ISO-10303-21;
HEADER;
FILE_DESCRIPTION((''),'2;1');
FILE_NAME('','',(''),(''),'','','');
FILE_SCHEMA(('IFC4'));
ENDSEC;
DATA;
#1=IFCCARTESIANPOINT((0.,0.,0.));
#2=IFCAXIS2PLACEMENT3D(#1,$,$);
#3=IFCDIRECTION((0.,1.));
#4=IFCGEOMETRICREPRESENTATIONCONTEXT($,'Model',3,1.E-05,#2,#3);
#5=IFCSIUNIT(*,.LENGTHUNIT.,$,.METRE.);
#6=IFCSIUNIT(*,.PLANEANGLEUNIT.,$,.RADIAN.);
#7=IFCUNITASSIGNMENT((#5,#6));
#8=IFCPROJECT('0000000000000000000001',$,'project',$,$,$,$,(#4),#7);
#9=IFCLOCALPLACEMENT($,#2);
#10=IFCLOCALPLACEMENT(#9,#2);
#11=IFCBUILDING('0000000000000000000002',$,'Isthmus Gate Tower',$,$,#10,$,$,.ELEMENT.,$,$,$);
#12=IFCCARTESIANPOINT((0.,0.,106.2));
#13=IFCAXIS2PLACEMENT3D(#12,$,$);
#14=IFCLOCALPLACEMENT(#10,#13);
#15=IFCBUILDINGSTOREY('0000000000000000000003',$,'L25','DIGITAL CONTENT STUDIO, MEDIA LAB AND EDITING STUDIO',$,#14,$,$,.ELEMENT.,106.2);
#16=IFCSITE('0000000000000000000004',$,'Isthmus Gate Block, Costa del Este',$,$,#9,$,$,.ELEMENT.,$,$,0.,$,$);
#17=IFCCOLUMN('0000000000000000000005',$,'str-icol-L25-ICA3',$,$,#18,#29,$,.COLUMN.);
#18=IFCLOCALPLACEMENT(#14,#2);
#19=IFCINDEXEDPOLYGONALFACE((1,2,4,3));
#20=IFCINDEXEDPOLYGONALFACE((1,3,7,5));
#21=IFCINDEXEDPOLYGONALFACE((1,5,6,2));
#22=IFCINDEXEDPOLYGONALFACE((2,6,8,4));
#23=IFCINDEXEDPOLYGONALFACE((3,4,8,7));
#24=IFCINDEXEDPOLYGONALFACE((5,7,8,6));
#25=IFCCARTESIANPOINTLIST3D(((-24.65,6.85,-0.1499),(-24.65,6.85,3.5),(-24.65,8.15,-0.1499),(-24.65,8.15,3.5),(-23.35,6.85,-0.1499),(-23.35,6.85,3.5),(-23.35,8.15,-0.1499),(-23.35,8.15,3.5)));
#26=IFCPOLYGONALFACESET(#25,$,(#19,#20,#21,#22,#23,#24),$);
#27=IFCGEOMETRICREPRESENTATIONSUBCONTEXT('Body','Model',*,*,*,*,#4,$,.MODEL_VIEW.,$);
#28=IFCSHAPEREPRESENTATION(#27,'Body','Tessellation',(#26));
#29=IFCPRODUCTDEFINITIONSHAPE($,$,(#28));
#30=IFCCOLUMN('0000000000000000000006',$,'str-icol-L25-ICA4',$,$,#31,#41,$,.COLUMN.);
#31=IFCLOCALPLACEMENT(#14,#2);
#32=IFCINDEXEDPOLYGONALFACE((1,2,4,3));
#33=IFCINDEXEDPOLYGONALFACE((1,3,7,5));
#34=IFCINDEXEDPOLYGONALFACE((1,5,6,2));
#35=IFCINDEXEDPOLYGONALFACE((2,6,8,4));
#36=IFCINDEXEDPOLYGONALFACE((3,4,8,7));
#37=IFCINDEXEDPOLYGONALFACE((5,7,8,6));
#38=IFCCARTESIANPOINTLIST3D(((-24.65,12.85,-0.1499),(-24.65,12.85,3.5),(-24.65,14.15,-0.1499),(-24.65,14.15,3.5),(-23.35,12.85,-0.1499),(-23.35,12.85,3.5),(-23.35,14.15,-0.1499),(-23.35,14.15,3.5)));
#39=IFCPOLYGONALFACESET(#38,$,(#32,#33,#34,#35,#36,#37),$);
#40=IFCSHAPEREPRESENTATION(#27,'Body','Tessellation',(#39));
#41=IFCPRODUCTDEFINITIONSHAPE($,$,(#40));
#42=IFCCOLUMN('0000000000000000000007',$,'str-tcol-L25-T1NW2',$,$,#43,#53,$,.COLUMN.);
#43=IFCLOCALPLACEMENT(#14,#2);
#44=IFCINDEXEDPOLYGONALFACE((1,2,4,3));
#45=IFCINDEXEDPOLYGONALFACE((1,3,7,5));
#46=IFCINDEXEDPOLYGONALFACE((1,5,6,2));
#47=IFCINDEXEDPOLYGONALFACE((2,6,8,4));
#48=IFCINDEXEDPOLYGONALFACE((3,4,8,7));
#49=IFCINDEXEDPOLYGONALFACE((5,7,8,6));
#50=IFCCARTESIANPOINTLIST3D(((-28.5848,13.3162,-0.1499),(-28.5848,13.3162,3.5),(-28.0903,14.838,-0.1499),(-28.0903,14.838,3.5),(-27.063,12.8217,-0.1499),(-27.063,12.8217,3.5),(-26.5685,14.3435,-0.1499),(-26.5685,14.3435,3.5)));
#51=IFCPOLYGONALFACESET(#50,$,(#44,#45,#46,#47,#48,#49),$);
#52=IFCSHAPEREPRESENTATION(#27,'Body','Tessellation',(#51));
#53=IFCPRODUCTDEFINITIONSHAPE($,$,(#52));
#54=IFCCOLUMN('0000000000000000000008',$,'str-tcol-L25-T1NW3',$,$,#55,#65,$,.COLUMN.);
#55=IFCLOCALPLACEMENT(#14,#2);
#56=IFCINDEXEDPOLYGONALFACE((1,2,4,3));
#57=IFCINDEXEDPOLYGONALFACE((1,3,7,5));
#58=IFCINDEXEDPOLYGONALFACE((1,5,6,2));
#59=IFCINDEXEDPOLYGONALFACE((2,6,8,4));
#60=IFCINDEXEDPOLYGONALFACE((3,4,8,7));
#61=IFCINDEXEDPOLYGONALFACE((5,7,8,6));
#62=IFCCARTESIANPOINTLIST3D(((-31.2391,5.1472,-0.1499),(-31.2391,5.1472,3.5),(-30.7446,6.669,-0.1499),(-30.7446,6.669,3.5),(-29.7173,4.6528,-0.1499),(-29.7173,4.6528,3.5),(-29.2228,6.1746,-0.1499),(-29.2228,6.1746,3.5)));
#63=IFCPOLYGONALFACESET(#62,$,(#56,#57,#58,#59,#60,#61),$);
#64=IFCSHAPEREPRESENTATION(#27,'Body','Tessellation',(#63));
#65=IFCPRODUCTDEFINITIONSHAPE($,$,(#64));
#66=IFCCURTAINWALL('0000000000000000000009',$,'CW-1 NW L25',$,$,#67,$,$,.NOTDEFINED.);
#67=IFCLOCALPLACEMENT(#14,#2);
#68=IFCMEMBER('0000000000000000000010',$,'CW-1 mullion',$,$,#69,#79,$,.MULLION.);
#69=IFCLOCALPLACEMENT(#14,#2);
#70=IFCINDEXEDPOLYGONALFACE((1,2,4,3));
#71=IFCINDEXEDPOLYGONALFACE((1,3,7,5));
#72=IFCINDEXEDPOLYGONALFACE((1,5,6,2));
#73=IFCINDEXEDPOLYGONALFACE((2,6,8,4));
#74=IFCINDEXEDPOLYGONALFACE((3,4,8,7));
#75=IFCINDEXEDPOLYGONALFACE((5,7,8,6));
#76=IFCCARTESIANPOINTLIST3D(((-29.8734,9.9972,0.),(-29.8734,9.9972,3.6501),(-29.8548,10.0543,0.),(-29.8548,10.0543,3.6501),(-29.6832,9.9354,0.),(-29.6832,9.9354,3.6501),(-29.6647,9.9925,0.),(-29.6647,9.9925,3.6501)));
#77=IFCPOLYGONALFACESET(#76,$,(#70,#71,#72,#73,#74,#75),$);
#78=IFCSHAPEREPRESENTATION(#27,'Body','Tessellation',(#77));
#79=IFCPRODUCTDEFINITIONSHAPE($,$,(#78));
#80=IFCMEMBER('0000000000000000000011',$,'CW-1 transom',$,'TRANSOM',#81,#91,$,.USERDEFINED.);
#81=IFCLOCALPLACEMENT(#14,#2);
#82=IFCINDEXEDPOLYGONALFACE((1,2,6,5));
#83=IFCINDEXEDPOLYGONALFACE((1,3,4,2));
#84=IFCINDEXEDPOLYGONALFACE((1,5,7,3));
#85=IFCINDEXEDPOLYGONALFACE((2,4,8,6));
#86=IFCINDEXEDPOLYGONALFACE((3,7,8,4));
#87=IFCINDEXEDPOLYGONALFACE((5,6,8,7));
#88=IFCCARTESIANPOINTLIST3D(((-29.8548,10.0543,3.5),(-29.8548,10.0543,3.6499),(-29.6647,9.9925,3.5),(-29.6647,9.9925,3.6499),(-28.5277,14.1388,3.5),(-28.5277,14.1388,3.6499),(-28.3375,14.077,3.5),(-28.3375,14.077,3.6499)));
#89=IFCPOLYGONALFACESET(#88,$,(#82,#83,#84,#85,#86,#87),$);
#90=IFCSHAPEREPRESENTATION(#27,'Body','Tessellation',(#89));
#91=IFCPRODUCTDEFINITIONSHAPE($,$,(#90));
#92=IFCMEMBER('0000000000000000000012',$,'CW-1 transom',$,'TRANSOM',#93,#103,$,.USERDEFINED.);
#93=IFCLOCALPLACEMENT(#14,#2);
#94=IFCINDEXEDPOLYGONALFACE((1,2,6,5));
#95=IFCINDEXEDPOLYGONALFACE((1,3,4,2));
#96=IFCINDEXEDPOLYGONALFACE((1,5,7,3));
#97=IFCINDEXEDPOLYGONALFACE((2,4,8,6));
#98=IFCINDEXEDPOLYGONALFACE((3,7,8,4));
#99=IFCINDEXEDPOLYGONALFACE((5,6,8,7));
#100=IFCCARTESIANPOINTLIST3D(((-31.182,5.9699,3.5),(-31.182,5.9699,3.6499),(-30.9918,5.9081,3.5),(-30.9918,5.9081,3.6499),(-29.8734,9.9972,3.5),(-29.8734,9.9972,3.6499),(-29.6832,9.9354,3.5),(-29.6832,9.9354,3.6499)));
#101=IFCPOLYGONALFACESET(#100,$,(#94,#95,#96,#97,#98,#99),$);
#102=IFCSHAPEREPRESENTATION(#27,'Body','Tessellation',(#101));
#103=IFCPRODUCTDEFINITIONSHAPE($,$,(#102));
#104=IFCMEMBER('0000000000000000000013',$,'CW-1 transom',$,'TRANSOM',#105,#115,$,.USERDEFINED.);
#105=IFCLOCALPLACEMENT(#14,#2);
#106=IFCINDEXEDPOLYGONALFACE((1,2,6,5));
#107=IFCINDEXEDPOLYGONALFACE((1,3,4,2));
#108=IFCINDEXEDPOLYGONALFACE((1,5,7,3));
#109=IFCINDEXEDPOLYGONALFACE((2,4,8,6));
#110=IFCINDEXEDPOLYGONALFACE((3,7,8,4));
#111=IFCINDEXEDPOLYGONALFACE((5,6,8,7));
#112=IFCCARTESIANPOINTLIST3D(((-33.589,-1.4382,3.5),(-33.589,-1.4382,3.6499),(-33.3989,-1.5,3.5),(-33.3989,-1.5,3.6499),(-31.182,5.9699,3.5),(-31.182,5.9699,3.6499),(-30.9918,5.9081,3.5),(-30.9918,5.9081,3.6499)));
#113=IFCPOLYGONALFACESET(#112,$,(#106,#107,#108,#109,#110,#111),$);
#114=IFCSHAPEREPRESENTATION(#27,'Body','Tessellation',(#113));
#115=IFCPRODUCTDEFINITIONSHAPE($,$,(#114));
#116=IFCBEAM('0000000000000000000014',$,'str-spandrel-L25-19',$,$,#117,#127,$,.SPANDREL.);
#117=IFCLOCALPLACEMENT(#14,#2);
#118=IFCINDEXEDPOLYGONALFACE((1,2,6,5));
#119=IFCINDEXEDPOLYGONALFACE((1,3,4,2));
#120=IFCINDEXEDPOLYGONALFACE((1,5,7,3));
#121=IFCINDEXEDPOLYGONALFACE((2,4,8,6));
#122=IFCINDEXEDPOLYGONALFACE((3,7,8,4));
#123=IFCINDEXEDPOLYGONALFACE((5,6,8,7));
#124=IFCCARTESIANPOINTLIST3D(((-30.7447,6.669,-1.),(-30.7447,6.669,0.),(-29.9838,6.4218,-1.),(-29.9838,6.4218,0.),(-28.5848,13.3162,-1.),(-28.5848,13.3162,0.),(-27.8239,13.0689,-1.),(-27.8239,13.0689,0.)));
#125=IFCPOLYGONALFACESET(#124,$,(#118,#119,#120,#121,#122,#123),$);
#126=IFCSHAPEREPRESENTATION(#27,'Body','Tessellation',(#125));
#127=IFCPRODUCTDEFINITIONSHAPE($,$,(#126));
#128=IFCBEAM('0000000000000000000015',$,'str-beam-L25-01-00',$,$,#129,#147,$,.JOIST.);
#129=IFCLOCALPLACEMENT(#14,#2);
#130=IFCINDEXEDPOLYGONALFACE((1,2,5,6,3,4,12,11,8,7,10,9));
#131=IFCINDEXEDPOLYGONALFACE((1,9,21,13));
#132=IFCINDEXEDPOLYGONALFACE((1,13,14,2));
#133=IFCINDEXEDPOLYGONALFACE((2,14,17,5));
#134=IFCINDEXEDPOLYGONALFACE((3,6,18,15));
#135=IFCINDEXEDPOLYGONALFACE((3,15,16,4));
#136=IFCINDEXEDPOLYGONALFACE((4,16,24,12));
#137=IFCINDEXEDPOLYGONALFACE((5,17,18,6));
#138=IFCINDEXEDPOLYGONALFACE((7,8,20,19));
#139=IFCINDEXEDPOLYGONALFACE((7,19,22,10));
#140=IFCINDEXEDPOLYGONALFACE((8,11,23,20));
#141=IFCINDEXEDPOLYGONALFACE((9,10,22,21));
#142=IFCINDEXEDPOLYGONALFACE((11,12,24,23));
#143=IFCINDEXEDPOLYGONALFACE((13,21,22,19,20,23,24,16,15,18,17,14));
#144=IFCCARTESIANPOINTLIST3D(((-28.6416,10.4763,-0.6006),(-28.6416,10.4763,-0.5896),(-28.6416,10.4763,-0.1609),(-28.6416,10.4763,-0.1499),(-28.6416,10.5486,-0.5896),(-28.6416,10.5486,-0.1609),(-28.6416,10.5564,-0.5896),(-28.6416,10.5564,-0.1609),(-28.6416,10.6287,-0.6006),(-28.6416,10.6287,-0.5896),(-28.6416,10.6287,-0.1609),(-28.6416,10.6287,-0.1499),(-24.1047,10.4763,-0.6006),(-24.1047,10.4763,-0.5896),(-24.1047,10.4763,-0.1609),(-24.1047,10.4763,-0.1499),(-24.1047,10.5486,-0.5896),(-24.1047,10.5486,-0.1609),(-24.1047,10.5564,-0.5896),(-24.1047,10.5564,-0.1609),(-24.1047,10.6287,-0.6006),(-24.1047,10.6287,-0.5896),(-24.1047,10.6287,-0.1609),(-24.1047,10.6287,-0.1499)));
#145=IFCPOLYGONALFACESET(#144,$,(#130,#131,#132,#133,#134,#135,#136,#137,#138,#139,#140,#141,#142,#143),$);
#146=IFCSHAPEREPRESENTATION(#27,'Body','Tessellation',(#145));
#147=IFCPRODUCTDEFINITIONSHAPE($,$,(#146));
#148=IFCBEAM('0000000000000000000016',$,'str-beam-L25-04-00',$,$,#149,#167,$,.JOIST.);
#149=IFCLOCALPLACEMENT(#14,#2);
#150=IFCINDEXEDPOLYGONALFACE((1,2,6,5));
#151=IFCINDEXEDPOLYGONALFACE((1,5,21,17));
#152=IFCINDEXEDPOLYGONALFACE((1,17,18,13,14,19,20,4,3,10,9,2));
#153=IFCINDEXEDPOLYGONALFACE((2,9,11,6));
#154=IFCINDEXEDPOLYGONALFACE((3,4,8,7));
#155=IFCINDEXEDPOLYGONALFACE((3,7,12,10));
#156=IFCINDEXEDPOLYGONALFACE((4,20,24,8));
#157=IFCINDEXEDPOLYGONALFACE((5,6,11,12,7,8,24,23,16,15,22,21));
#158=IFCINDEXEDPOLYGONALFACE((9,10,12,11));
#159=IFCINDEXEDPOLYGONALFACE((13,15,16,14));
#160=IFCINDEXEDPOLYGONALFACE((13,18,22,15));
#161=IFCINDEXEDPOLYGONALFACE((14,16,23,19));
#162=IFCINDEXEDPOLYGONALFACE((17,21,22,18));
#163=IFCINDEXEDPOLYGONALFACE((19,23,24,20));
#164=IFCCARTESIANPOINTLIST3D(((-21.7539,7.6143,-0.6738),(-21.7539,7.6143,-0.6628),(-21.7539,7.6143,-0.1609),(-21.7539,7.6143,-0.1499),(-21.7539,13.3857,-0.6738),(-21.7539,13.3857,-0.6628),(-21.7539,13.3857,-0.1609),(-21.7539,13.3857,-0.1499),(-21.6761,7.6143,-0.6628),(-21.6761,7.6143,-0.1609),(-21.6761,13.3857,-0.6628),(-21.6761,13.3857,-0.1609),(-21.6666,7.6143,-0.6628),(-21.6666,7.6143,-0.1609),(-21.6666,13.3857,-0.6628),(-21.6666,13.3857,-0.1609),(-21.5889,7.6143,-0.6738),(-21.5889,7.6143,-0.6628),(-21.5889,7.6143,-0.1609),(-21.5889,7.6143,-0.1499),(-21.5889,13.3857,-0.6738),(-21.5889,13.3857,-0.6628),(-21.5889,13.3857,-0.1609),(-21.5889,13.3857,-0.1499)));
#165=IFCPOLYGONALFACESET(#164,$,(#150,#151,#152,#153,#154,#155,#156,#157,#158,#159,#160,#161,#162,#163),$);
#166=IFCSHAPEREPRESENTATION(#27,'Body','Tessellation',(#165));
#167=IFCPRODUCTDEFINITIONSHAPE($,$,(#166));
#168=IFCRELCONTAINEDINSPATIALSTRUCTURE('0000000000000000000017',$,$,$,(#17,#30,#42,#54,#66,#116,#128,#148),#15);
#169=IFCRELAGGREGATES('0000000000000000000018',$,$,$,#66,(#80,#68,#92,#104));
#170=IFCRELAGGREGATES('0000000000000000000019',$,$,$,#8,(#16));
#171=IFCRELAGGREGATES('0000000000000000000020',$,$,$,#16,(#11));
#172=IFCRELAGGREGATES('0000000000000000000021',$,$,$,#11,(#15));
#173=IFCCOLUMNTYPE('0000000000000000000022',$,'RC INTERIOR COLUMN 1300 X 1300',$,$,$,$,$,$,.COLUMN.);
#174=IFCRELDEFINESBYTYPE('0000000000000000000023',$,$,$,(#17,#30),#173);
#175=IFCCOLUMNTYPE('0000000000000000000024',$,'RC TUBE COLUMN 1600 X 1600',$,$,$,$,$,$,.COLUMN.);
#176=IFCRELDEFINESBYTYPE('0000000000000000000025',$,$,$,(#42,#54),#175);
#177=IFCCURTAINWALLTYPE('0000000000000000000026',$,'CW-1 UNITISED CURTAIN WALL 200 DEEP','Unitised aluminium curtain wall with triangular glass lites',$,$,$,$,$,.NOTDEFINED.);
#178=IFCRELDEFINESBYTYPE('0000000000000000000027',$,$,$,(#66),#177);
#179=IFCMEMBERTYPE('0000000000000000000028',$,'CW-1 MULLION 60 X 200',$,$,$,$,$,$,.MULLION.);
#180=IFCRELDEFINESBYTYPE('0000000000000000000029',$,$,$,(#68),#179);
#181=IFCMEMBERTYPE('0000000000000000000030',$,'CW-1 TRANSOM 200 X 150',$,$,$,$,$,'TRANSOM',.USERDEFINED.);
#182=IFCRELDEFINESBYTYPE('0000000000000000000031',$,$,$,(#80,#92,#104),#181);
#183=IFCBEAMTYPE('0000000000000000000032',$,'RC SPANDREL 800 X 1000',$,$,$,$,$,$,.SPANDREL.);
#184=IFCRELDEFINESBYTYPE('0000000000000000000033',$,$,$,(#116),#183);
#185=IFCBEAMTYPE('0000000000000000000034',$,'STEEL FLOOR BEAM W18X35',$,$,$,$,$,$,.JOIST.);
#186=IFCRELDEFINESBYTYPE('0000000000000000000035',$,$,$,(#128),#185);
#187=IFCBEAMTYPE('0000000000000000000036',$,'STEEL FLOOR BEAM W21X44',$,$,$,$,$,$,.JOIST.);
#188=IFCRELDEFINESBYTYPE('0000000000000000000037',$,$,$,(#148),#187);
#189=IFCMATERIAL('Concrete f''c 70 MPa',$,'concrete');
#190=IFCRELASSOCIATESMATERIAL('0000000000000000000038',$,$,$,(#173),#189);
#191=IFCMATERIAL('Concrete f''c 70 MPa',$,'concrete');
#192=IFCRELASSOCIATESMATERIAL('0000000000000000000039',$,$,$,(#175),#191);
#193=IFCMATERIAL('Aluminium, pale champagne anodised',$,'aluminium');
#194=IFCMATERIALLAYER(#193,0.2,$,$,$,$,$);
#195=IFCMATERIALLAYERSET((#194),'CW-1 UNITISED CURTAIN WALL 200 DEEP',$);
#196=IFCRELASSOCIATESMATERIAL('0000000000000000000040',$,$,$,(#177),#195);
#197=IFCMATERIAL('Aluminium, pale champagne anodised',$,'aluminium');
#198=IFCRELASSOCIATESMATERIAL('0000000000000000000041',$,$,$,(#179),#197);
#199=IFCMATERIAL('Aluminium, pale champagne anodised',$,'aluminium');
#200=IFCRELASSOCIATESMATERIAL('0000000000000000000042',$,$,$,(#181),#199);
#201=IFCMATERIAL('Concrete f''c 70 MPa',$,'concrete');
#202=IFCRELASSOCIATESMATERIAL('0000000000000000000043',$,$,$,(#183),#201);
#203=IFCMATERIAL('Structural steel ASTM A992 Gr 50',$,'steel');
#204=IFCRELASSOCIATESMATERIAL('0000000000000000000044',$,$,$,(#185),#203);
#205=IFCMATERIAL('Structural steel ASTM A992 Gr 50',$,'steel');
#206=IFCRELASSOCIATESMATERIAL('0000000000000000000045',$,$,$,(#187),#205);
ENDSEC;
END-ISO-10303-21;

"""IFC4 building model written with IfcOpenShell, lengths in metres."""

from ifc_helpers import new_model, si_unit, direction, frame, origin, origin_2d, place, context, subcontext, project, spatial, rectangle, i_section, extrude, material, layer, layer_set, material_profile, profile_set, type_object, element, aggregate, save


model = new_model("IFC4")

# Units and contexts
model_context = context("Model", 3, precision=1e-05, world=origin(), true_north=direction((0.0, 1.0)))
body_context = subcontext(model_context, "Body", "Model", "MODEL_VIEW")
ifc_project = project(units=[si_unit("LENGTHUNIT", "METRE"), si_unit("PLANEANGLEUNIT", "RADIAN")], contexts=[model_context])

# Site, building, storey
site_placement = place(None, origin())
site = spatial("IfcSite", under=ifc_project, at=site_placement, Name="Isthmus Gate Block, Costa del Este", CompositionType="ELEMENT", RefElevation=0.0)
building_placement = place(site_placement, origin())
building = spatial("IfcBuilding", under=site, at=building_placement, Name="Isthmus Gate Tower", CompositionType="ELEMENT")
storey_placement = place(building_placement, frame((0.0, 0.0, 106.2)))
storey = spatial("IfcBuildingStorey", under=building, at=storey_placement, Name="L25", Description="DIGITAL CONTENT STUDIO, MEDIA LAB AND EDITING STUDIO", CompositionType="ELEMENT", Elevation=106.2)

# Columns
ifc_material_1 = material(Name="Concrete f'c 70 MPa", Category="concrete")
ifc_material_profile_1 = material_profile(ifc_material_1, rectangle(XDim=1.3, YDim=1.3, at=origin_2d()), Name="RC 1300X1300")
ifc_profile_set_1 = profile_set([ifc_material_profile_1], Name="Concrete f'c 70 MPa")
column_type_1 = type_object("IfcColumnType", Name="RC INTERIOR COLUMN 1300 X 1300", PredefinedType="COLUMN", material=ifc_profile_set_1)
for number, where, z_axis, x_axis, name in (
    (1, (-24.0, 7.5, -0.1499), (0.0, 0.0, 1.0), (1.0, 0.0, 0.0), "str-icol-L25-ICA3"),
    (2, (-24.0, 13.5, -0.1499), (0.0, 0.0, 1.0), (1.0, 0.0, 0.0), "str-icol-L25-ICA4"),
):
    element("IfcColumn", number, at=place(storey_placement, frame(where, z_axis=z_axis, x_axis=x_axis)), inside=storey, type_object=column_type_1, Name=name, PredefinedType="COLUMN", context=body_context, shape_type="SweptSolid", body=[
        extrude(rectangle(XDim=1.3, YDim=1.3, at=origin_2d()), origin(), (0.0, 0.0, 1.0), 3.6499),
    ])
ifc_material_2 = material(Name="Concrete f'c 70 MPa", Category="concrete")
ifc_material_profile_2 = material_profile(ifc_material_2, rectangle(XDim=1.6001, YDim=1.6001, at=origin_2d()), Name="RC 1600X1600")
ifc_profile_set_2 = profile_set([ifc_material_profile_2], Name="Concrete f'c 70 MPa")
column_type_2 = type_object("IfcColumnType", Name="RC TUBE COLUMN 1600 X 1600", PredefinedType="COLUMN", material=ifc_profile_set_2)
for number, where, z_axis, x_axis, name in (
    (3, (-27.5767, 13.8298, -0.1499), (0.0, 0.0, 1.0), (-0.309017, -0.951057, 0.0), "str-tcol-L25-T1NW2"),
    (4, (-30.231, 5.6609, -0.1499), (0.0, 0.0, 1.0), (-0.309017, -0.951057, 0.0), "str-tcol-L25-T1NW3"),
):
    element("IfcColumn", number, at=place(storey_placement, frame(where, z_axis=z_axis, x_axis=x_axis)), inside=storey, type_object=column_type_2, Name=name, PredefinedType="COLUMN", context=body_context, shape_type="SweptSolid", body=[
        extrude(rectangle(XDim=1.6001, YDim=1.6001, at=origin_2d()), origin(), (0.0, 0.0, 1.0), 3.6499),
    ])

# Curtain wall, members
ifc_material_3 = material(Name="Aluminium, pale champagne anodised", Category="aluminium")
ifc_layer_1 = layer(ifc_material_3, 0.2)
ifc_layer_set_1 = layer_set([ifc_layer_1], Name="CW-1 UNITISED CURTAIN WALL 200 DEEP")
curtain_wall_type = type_object("IfcCurtainWallType", Name="CW-1 UNITISED CURTAIN WALL 200 DEEP", Description="Unitised aluminium curtain wall with triangular glass lites", PredefinedType="NOTDEFINED", material=ifc_layer_set_1)
curtain_wall_placement = place(storey_placement, origin())
curtain_wall = element("IfcCurtainWall", 5, at=curtain_wall_placement, inside=storey, type_object=curtain_wall_type, Name="CW-1 NW L25", PredefinedType="NOTDEFINED")
ifc_material_4 = material(Name="Aluminium, pale champagne anodised", Category="aluminium")
ifc_material_profile_3 = material_profile(ifc_material_4, rectangle(XDim=0.0601, YDim=0.2, at=origin_2d()), Name="60x200")
ifc_profile_set_3 = profile_set([ifc_material_profile_3], Name="Aluminium, pale champagne anodised")
member_type_1 = type_object("IfcMemberType", Name="CW-1 MULLION 60 X 200", PredefinedType="MULLION", material=ifc_profile_set_3)
member_1_placement = place(storey_placement, frame((-29.769, 9.9949, 0.0), z_axis=(0.0, 0.0, 1.0), x_axis=(-0.309017, -0.951057, 0.0)))
member_1 = element("IfcMember", 6, at=member_1_placement, type_object=member_type_1, Name="CW-1 mullion", PredefinedType="MULLION", context=body_context, shape_type="SweptSolid", body=[
    extrude(rectangle(XDim=0.0601, YDim=0.2, at=origin_2d()), origin(), (0.0, 0.0, 1.0), 3.6501),
])
ifc_material_5 = material(Name="Aluminium, pale champagne anodised", Category="aluminium")
ifc_material_profile_4 = material_profile(ifc_material_5, rectangle(XDim=0.2, YDim=0.1499, at=origin_2d()), Name="200x150")
ifc_profile_set_4 = profile_set([ifc_material_profile_4], Name="Aluminium, pale champagne anodised")
member_type_2 = type_object("IfcMemberType", Name="CW-1 TRANSOM 200 X 150", ElementType="TRANSOM", PredefinedType="USERDEFINED", material=ifc_profile_set_4)
member_2_placement = place(storey_placement, frame((-28.4326, 14.1079, 3.575), z_axis=(-0.309022, -0.951055, 0.0), x_axis=(0.951055, -0.309022, 0.0)))
member_2 = element("IfcMember", 7, at=member_2_placement, type_object=member_type_2, Name="CW-1 transom", ObjectType="TRANSOM", PredefinedType="USERDEFINED", context=body_context, shape_type="SweptSolid", body=[
    extrude(rectangle(XDim=0.2, YDim=0.1499, at=origin_2d()), origin(), (0.0, 0.0, 1.0), 4.2947),
])
member_3_placement = place(storey_placement, frame((-29.7783, 9.9663, 3.575), z_axis=(-0.309023, -0.951054, 0.0), x_axis=(0.951054, -0.309023, 0.0)))
member_3 = element("IfcMember", 8, at=member_3_placement, type_object=member_type_2, Name="CW-1 transom", ObjectType="TRANSOM", PredefinedType="USERDEFINED", context=body_context, shape_type="SweptSolid", body=[
    extrude(rectangle(XDim=0.2, YDim=0.1499, at=origin_2d()), origin(), (0.0, 0.0, 1.0), 4.2346),
])
member_4_placement = place(storey_placement, frame((-31.0869, 5.939, 3.575), z_axis=(-0.309016, -0.951057, 0.0), x_axis=(0.951057, -0.309016, 0.0)))
member_4 = element("IfcMember", 9, at=member_4_placement, type_object=member_type_2, Name="CW-1 transom", ObjectType="TRANSOM", PredefinedType="USERDEFINED", context=body_context, shape_type="SweptSolid", body=[
    extrude(rectangle(XDim=0.2, YDim=0.1499, at=origin_2d()), origin(), (0.0, 0.0, 1.0), 7.7893),
])

# Beams
ifc_material_6 = material(Name="Concrete f'c 70 MPa", Category="concrete")
ifc_material_profile_5 = material_profile(ifc_material_6, rectangle(XDim=0.8, YDim=1.0, at=origin_2d()), Name="RC 800X1000")
ifc_profile_set_5 = profile_set([ifc_material_profile_5], Name="Concrete f'c 70 MPa")
beam_type_1 = type_object("IfcBeamType", Name="RC SPANDREL 800 X 1000", PredefinedType="SPANDREL", material=ifc_profile_set_5)
beam_1_placement = place(storey_placement, frame((-30.3643, 6.5454, -0.5), z_axis=(0.30903, 0.951052, 0.0), x_axis=(-0.951052, 0.30903, 0.0)))
element("IfcBeam", 10, at=beam_1_placement, inside=storey, type_object=beam_type_1, Name="str-spandrel-L25-19", PredefinedType="SPANDREL", context=body_context, shape_type="SweptSolid", body=[
    extrude(rectangle(XDim=0.8, YDim=1.0, at=origin_2d()), origin(), (0.0, 0.0, 1.0), 6.9893),
])
ifc_material_7 = material(Name="Structural steel ASTM A992 Gr 50", Category="steel")
ifc_material_profile_6 = material_profile(ifc_material_7, i_section(OverallWidth=0.1523, OverallDepth=0.4507, WebThickness=0.0078, FlangeThickness=0.011, at=origin_2d()), Name="W18X35")
ifc_profile_set_6 = profile_set([ifc_material_profile_6], Name="Structural steel ASTM A992 Gr 50")
beam_type_2 = type_object("IfcBeamType", Name="STEEL FLOOR BEAM W18X35", PredefinedType="JOIST", material=ifc_profile_set_6)
beam_2_placement = place(storey_placement, frame((-28.6416, 10.5525, -0.3752), z_axis=(1.0, 0.0, 0.0), x_axis=(0.0, 1.0, 0.0)))
element("IfcBeam", 11, at=beam_2_placement, inside=storey, type_object=beam_type_2, Name="str-beam-L25-01-00", PredefinedType="JOIST", context=body_context, shape_type="SweptSolid", body=[
    extrude(i_section(OverallWidth=0.1523, OverallDepth=0.4507, WebThickness=0.0078, FlangeThickness=0.011, at=origin_2d()), origin(), (0.0, 0.0, 1.0), 4.5369),
])
ifc_material_8 = material(Name="Structural steel ASTM A992 Gr 50", Category="steel")
ifc_material_profile_7 = material_profile(ifc_material_8, i_section(OverallWidth=0.165, OverallDepth=0.5239, WebThickness=0.0095, FlangeThickness=0.011, at=origin_2d()), Name="W21X44")
ifc_profile_set_7 = profile_set([ifc_material_profile_7], Name="Structural steel ASTM A992 Gr 50")
beam_type_3 = type_object("IfcBeamType", Name="STEEL FLOOR BEAM W21X44", PredefinedType="JOIST", material=ifc_profile_set_7)
beam_3_placement = place(storey_placement, frame((-21.6714, 7.6143, -0.4119), z_axis=(0.0, 1.0, 0.0), x_axis=(-1.0, 0.0, 0.0)))
element("IfcBeam", 12, at=beam_3_placement, inside=storey, type_object=beam_type_3, Name="str-beam-L25-04-00", PredefinedType="JOIST", context=body_context, shape_type="SweptSolid", body=[
    extrude(i_section(OverallWidth=0.165, OverallDepth=0.5239, WebThickness=0.0095, FlangeThickness=0.011, at=origin_2d()), origin(), (0.0, 0.0, 1.0), 5.7715),
])

aggregate(curtain_wall, [member_2, member_1, member_3, member_4])

save(model, "model.ifc")
